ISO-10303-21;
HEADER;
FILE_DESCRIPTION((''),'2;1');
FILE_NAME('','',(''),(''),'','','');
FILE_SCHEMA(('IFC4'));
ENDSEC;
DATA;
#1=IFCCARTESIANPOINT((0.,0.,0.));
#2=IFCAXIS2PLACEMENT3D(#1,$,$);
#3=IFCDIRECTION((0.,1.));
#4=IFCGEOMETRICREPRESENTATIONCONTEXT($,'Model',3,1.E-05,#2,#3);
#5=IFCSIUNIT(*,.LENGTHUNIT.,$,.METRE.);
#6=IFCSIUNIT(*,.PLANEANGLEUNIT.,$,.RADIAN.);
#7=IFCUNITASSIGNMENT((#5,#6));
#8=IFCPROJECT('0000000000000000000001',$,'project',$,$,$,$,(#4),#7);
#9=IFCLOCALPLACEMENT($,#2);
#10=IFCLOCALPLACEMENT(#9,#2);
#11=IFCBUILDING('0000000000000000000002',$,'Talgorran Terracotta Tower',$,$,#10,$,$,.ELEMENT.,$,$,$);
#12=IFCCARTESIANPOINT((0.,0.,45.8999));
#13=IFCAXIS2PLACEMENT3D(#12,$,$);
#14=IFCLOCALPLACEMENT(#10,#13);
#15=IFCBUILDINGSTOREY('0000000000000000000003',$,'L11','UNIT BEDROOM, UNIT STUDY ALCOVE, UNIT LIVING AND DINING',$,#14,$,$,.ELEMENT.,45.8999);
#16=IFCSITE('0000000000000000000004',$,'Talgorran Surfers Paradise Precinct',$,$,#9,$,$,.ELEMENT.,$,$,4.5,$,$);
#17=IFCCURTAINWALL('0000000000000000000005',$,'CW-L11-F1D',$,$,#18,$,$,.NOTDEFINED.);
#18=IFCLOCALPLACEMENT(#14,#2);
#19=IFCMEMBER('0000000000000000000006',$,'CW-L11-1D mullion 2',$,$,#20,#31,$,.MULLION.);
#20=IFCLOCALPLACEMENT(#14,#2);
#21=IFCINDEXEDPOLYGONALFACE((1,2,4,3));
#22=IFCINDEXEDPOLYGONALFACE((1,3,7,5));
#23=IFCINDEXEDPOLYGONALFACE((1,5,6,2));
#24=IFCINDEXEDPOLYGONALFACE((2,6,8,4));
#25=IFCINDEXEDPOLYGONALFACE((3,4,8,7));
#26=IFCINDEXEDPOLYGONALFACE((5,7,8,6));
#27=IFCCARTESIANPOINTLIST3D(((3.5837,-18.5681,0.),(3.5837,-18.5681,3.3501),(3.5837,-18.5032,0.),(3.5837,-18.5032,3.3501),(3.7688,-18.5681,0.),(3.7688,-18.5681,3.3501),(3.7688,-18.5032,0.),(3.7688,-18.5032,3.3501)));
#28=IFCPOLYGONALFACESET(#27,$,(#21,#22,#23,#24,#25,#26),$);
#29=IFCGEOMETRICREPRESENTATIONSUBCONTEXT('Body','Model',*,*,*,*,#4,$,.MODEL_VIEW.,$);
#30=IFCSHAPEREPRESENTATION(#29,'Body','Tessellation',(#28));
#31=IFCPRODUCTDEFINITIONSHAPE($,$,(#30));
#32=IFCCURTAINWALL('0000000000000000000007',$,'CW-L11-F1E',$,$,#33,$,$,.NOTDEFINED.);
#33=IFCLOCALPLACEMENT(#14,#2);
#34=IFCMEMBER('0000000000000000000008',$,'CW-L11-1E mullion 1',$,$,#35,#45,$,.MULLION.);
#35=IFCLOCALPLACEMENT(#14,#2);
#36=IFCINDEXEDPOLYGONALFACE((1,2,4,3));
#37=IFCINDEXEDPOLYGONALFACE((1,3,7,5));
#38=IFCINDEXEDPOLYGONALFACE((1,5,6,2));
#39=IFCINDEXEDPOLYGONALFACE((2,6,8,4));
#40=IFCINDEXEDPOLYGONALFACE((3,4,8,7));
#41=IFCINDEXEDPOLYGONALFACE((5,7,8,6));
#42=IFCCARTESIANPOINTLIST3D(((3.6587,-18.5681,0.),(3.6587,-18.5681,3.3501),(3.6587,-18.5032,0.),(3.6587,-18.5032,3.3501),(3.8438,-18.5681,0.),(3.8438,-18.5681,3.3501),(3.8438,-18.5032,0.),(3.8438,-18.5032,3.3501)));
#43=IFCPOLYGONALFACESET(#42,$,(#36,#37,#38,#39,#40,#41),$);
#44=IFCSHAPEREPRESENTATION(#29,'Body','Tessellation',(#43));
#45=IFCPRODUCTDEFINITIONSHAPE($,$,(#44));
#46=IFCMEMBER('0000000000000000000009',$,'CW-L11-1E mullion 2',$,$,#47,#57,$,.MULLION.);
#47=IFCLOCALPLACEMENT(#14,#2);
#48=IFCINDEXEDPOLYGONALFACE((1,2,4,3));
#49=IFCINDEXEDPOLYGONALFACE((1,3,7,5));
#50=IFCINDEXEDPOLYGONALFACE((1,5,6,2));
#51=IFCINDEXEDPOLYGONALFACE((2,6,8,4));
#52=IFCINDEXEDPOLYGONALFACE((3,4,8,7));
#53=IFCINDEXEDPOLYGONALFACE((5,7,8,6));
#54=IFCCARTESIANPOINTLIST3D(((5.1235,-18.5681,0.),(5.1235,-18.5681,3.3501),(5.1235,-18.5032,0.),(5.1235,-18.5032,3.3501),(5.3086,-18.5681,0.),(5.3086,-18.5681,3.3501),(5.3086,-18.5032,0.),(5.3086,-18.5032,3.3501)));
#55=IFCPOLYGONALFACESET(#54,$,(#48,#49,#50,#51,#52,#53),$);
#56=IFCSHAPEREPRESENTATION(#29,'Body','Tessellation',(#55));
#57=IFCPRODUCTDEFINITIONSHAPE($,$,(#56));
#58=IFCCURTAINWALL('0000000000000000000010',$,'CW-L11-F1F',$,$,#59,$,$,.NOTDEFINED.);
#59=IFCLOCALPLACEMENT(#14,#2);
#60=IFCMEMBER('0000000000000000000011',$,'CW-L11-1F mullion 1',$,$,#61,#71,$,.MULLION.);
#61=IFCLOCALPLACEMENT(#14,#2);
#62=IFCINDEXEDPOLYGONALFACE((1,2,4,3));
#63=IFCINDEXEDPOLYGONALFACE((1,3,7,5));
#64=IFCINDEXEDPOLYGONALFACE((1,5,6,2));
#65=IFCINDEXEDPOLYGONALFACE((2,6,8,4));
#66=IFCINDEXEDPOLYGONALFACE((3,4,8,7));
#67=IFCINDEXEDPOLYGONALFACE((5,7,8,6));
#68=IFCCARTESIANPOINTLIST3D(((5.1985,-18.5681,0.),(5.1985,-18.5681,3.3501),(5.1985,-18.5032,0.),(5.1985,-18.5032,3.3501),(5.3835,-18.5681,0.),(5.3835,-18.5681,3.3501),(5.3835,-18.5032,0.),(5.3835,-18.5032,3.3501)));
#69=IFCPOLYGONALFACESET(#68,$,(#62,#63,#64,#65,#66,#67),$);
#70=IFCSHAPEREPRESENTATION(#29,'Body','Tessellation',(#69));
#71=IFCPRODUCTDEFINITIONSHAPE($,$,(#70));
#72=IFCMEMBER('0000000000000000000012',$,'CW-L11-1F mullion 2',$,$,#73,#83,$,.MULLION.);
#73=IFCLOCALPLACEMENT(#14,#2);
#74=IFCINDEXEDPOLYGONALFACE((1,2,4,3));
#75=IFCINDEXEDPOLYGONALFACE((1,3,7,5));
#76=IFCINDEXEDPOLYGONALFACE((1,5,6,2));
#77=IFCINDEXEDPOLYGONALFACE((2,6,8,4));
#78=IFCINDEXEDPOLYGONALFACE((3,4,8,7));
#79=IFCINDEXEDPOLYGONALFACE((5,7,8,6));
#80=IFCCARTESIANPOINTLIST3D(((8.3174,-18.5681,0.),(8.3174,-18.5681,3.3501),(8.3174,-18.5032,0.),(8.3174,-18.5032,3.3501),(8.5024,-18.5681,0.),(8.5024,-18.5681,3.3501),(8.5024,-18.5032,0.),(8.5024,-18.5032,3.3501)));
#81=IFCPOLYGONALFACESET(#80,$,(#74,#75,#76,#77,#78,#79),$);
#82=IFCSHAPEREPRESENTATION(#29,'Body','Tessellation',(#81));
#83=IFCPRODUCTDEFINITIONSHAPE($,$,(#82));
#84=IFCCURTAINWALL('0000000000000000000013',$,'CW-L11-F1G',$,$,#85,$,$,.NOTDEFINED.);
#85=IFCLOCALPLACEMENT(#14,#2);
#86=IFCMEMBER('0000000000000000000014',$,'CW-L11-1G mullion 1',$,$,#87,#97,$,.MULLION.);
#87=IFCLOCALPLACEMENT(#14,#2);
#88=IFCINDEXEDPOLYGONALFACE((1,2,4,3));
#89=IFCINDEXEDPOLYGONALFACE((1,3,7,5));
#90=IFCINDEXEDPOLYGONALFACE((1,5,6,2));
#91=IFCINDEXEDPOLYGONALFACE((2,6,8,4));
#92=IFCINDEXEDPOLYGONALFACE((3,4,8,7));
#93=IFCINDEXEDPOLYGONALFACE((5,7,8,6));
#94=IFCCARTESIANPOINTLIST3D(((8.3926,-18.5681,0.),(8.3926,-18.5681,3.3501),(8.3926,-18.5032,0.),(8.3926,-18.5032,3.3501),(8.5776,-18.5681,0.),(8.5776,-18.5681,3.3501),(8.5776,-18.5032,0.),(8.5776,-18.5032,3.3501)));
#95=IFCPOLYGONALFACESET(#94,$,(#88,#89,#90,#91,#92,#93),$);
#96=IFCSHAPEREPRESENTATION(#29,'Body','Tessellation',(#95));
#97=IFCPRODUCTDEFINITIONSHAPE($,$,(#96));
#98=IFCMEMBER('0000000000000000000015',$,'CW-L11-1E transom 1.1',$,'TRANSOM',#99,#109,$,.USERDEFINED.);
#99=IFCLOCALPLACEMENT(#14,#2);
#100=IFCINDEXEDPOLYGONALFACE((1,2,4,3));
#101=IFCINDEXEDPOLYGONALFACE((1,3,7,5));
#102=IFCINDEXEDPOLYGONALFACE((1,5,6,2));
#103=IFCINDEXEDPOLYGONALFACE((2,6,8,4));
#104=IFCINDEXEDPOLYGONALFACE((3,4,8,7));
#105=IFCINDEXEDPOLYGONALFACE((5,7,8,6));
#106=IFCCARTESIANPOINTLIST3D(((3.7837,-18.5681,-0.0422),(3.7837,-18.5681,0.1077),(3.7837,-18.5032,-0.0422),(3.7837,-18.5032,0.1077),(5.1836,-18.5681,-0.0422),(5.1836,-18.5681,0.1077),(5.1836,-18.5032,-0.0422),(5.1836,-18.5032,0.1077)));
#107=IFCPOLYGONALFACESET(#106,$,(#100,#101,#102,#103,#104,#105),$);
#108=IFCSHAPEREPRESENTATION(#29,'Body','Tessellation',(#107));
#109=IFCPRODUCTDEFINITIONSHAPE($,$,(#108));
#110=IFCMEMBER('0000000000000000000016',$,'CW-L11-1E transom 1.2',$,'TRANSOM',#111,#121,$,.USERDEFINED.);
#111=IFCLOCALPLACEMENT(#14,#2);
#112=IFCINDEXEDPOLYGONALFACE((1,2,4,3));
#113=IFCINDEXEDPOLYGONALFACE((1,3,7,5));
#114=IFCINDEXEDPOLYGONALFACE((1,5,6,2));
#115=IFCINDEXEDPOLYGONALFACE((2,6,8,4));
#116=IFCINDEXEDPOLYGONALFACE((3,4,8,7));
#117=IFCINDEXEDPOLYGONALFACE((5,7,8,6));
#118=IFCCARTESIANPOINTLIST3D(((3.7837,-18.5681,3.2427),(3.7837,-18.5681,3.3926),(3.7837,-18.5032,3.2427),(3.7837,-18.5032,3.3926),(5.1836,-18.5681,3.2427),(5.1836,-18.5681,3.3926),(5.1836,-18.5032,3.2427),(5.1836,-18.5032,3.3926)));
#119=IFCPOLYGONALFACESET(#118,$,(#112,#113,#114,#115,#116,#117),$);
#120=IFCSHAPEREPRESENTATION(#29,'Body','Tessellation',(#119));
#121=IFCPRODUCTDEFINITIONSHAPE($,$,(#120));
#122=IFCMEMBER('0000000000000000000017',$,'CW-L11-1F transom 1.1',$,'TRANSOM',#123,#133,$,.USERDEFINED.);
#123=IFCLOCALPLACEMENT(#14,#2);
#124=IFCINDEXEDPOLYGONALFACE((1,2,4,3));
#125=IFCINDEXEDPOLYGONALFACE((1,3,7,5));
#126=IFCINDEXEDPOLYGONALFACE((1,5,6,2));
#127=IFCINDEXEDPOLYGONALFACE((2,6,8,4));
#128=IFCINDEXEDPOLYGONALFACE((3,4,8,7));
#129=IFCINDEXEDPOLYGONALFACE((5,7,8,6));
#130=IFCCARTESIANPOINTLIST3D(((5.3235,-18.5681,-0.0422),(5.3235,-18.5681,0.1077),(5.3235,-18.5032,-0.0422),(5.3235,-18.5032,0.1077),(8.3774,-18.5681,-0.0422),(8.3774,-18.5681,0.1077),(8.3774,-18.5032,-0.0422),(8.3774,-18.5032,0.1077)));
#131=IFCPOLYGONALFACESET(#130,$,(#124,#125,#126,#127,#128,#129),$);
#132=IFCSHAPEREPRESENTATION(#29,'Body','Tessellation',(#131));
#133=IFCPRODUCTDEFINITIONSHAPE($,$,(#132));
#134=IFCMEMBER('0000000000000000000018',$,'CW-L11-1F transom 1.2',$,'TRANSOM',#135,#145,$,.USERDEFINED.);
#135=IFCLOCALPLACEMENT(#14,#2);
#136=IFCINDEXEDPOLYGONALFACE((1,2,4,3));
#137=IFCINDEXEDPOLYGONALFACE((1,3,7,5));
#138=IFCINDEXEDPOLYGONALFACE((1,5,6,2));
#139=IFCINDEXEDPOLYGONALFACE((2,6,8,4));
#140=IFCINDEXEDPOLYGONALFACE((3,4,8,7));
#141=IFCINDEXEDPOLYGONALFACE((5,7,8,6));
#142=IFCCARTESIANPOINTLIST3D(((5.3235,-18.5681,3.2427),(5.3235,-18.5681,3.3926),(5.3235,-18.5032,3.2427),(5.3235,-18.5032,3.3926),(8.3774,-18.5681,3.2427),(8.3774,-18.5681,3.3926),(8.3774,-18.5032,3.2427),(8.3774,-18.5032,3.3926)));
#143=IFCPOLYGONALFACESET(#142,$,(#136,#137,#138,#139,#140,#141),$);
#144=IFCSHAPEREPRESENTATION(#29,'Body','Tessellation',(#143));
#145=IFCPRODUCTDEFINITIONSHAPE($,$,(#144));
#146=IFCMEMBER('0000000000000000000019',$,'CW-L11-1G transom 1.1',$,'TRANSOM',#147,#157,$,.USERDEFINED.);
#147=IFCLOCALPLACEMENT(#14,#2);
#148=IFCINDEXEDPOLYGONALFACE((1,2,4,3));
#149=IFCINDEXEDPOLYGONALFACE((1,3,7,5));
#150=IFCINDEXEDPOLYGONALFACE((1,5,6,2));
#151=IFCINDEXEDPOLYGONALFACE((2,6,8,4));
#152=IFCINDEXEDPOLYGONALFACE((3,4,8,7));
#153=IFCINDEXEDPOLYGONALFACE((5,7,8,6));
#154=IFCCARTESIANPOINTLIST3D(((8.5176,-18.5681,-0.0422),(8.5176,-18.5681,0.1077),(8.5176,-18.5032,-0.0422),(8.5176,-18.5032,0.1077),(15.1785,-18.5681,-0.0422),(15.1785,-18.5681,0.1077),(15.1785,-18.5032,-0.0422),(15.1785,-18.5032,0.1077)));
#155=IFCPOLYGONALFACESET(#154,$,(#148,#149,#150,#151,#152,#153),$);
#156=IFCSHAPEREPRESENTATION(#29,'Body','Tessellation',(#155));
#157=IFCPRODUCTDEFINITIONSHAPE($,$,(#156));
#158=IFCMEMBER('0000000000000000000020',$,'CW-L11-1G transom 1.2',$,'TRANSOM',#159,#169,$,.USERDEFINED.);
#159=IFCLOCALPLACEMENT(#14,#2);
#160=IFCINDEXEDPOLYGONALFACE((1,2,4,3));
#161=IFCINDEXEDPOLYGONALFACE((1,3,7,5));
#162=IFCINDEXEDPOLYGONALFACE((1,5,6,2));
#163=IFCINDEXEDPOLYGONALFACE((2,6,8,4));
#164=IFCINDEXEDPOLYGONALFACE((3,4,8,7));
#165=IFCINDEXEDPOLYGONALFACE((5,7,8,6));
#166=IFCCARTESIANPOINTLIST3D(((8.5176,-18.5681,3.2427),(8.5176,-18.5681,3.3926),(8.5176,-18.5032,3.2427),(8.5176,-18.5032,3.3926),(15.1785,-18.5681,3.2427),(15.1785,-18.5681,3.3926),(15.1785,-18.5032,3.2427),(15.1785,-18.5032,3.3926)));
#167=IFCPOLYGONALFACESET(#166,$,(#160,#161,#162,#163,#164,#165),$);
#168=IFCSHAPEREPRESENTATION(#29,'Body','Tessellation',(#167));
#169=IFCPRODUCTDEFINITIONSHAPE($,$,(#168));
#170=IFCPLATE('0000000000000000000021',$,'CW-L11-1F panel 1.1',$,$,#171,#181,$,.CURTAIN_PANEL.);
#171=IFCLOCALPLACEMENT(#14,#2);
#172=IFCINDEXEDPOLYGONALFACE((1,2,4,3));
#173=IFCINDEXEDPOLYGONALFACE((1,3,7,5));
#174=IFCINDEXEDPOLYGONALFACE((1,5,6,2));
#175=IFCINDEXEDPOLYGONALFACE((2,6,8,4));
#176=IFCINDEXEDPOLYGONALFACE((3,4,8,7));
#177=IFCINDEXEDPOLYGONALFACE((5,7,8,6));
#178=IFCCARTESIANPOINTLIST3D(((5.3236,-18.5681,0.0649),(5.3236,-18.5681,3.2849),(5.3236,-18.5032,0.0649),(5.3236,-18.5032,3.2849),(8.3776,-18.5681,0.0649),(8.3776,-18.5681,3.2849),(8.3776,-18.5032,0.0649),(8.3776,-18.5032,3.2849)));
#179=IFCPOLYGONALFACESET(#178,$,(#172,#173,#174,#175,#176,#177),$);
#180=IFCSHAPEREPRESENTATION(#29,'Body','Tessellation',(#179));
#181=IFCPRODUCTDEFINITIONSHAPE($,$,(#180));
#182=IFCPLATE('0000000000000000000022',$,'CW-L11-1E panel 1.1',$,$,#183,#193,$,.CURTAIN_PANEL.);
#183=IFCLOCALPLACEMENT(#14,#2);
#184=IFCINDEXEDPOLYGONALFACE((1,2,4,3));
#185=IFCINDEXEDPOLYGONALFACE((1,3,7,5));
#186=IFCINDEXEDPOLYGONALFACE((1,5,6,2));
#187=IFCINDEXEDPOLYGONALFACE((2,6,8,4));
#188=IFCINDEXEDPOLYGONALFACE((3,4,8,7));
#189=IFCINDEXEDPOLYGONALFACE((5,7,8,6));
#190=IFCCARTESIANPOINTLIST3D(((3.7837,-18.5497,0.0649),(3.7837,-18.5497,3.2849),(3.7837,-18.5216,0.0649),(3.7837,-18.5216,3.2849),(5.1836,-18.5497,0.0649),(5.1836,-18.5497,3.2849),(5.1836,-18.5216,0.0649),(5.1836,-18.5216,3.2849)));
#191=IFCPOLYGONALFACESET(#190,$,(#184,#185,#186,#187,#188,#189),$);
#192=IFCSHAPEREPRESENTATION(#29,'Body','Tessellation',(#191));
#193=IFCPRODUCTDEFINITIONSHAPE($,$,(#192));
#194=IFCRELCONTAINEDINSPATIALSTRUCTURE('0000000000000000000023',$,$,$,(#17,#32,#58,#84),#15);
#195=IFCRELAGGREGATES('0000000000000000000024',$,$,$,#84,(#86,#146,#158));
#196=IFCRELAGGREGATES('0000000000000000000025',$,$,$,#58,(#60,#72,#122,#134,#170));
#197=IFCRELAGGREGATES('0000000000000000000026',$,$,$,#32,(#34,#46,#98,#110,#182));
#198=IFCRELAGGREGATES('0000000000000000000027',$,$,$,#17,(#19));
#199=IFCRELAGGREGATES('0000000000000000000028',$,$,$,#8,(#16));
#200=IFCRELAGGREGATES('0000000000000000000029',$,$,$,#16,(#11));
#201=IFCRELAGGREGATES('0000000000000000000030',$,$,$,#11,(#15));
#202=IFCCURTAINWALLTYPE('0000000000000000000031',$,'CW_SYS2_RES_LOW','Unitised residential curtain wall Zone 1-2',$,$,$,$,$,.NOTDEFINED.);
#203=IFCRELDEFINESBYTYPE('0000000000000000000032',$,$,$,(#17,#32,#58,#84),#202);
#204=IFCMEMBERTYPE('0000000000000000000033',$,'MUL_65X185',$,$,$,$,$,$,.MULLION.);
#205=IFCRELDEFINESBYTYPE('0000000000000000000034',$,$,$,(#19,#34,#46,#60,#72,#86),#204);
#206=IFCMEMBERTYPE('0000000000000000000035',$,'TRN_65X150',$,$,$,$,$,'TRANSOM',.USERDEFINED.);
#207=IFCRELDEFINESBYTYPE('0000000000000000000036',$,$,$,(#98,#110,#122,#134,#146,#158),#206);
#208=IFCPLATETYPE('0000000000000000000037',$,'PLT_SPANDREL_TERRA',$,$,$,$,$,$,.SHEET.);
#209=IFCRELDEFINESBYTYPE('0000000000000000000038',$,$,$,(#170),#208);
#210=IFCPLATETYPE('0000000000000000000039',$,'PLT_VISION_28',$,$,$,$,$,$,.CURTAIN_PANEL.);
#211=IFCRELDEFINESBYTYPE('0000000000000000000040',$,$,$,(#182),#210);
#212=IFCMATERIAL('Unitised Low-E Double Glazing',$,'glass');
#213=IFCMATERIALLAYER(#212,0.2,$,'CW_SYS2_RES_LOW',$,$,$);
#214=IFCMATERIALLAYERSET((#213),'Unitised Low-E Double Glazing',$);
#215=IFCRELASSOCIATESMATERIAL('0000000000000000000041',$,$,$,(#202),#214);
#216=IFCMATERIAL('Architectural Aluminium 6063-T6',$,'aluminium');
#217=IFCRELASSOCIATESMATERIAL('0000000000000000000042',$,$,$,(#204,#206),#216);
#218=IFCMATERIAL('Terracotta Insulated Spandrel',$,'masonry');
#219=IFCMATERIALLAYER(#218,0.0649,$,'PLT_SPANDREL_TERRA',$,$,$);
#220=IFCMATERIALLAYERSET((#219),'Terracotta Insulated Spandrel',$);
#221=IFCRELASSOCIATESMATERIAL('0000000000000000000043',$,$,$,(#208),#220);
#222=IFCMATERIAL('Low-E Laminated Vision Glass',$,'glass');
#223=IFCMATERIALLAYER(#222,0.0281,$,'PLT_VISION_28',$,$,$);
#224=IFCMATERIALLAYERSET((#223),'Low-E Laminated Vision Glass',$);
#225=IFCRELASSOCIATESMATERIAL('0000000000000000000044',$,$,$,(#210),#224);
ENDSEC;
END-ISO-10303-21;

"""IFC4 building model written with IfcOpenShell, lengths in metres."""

from ifc_helpers import new_model, si_unit, direction, frame, origin, origin_2d, place, context, subcontext, project, spatial, rectangle, extrude, source, transform, mapped, material, layer, layer_set, material_profile, profile_set, type_object, type_shapes, element, aggregate, save


model = new_model("IFC4")

# Units and contexts
model_context = context("Model", 3, precision=1e-05, world=origin(), true_north=direction((0.0, 1.0)))
body_context = subcontext(model_context, "Body", "Model", "MODEL_VIEW")
ifc_project = project(units=[si_unit("LENGTHUNIT", "METRE"), si_unit("PLANEANGLEUNIT", "RADIAN")], contexts=[model_context])

# Site, building, storey
site_placement = place(None, origin())
site = spatial("IfcSite", under=ifc_project, at=site_placement, Name="Talgorran Surfers Paradise Precinct", CompositionType="ELEMENT", RefElevation=4.5)
building_placement = place(site_placement, origin())
building = spatial("IfcBuilding", under=site, at=building_placement, Name="Talgorran Terracotta Tower", CompositionType="ELEMENT")
storey_placement = place(building_placement, frame((0.0, 0.0, 45.8999)))
storey = spatial("IfcBuildingStorey", under=building, at=storey_placement, Name="L11", Description="UNIT BEDROOM, UNIT STUDY ALCOVE, UNIT LIVING AND DINING", CompositionType="ELEMENT", Elevation=45.8999)

# Curtain wall, member
ifc_material_1 = material(Name="Unitised Low-E Double Glazing", Category="glass")
ifc_layer_1 = layer(ifc_material_1, 0.2, Name="CW_SYS2_RES_LOW")
ifc_layer_set_1 = layer_set([ifc_layer_1], Name="Unitised Low-E Double Glazing")
curtain_wall_type = type_object("IfcCurtainWallType", Name="CW_SYS2_RES_LOW", Description="Unitised residential curtain wall Zone 1-2", PredefinedType="NOTDEFINED", material=ifc_layer_set_1)
curtain_wall_1_placement = place(storey_placement, origin())
curtain_wall_1 = element("IfcCurtainWall", 1, at=curtain_wall_1_placement, inside=storey, type_object=curtain_wall_type, Name="CW-L11-F1D", PredefinedType="NOTDEFINED")
ifc_material_2 = material(Name="Architectural Aluminium 6063-T6", Category="aluminium")
ifc_material_profile_1 = material_profile(ifc_material_2, rectangle(XDim=0.0649, YDim=0.1851, at=origin_2d()), Name="CWM65X185")
ifc_profile_set_1 = profile_set([ifc_material_profile_1], Name="Architectural Aluminium 6063-T6")
member_type_1 = type_object("IfcMemberType", Name="MUL_65X185", PredefinedType="MULLION", material=ifc_profile_set_1)
member_1_placement = place(storey_placement, frame((3.6763, -18.5356, 0.0), z_axis=(0.0, 0.0, 1.0), x_axis=(0.0, 1.0, 0.0)))
member_1 = element("IfcMember", 2, at=member_1_placement, type_object=member_type_1, Name="CW-L11-1D mullion 2", PredefinedType="MULLION", context=body_context, shape_type="SweptSolid", body=[
    extrude(rectangle(XDim=0.0649, YDim=0.1851, at=origin_2d()), origin(), (0.0, 0.0, 1.0), 3.3501),
])

# Curtain walls, members
curtain_wall_2_placement = place(storey_placement, origin())
curtain_wall_2 = element("IfcCurtainWall", 3, at=curtain_wall_2_placement, inside=storey, type_object=curtain_wall_type, Name="CW-L11-F1E", PredefinedType="NOTDEFINED")
member_2_placement = place(storey_placement, frame((3.7512, -18.5356, 0.0), z_axis=(0.0, 0.0, 1.0), x_axis=(0.0, 1.0, 0.0)))
member_2 = element("IfcMember", 4, at=member_2_placement, type_object=member_type_1, Name="CW-L11-1E mullion 1", PredefinedType="MULLION", context=body_context, shape_type="SweptSolid", body=[
    extrude(rectangle(XDim=0.0649, YDim=0.1851, at=origin_2d()), origin(), (0.0, 0.0, 1.0), 3.3501),
])
member_3_placement = place(storey_placement, frame((5.2161, -18.5356, 0.0), z_axis=(0.0, 0.0, 1.0), x_axis=(0.0, 1.0, 0.0)))
member_3 = element("IfcMember", 5, at=member_3_placement, type_object=member_type_1, Name="CW-L11-1E mullion 2", PredefinedType="MULLION", context=body_context, shape_type="SweptSolid", body=[
    extrude(rectangle(XDim=0.0649, YDim=0.1851, at=origin_2d()), origin(), (0.0, 0.0, 1.0), 3.3501),
])
curtain_wall_3_placement = place(storey_placement, origin())
curtain_wall_3 = element("IfcCurtainWall", 6, at=curtain_wall_3_placement, inside=storey, type_object=curtain_wall_type, Name="CW-L11-F1F", PredefinedType="NOTDEFINED")
member_4_placement = place(storey_placement, frame((5.291, -18.5356, 0.0), z_axis=(0.0, 0.0, 1.0), x_axis=(0.0, 1.0, 0.0)))
member_4 = element("IfcMember", 7, at=member_4_placement, type_object=member_type_1, Name="CW-L11-1F mullion 1", PredefinedType="MULLION", context=body_context, shape_type="SweptSolid", body=[
    extrude(rectangle(XDim=0.0649, YDim=0.1851, at=origin_2d()), origin(), (0.0, 0.0, 1.0), 3.3501),
])
member_5_placement = place(storey_placement, frame((8.4099, -18.5356, 0.0), z_axis=(0.0, 0.0, 1.0), x_axis=(0.0, 1.0, 0.0)))
member_5 = element("IfcMember", 8, at=member_5_placement, type_object=member_type_1, Name="CW-L11-1F mullion 2", PredefinedType="MULLION", context=body_context, shape_type="SweptSolid", body=[
    extrude(rectangle(XDim=0.0649, YDim=0.1851, at=origin_2d()), origin(), (0.0, 0.0, 1.0), 3.3501),
])

# Curtain wall, member
curtain_wall_4_placement = place(storey_placement, origin())
curtain_wall_4 = element("IfcCurtainWall", 9, at=curtain_wall_4_placement, inside=storey, type_object=curtain_wall_type, Name="CW-L11-F1G", PredefinedType="NOTDEFINED")
member_6_placement = place(storey_placement, frame((8.4851, -18.5356, 0.0), z_axis=(0.0, 0.0, 1.0), x_axis=(0.0, 1.0, 0.0)))
member_6 = element("IfcMember", 10, at=member_6_placement, type_object=member_type_1, Name="CW-L11-1G mullion 1", PredefinedType="MULLION", context=body_context, shape_type="SweptSolid", body=[
    extrude(rectangle(XDim=0.0649, YDim=0.1851, at=origin_2d()), origin(), (0.0, 0.0, 1.0), 3.3501),
])

# Members
ifc_material_profile_2 = material_profile(ifc_material_2, rectangle(XDim=0.0649, YDim=0.1499, at=origin_2d()), Name="CWT65X150")
ifc_profile_set_2 = profile_set([ifc_material_profile_2], Name="Architectural Aluminium 6063-T6")
member_type_2 = type_object("IfcMemberType", Name="TRN_65X150", ElementType="TRANSOM", PredefinedType="USERDEFINED", material=ifc_profile_set_2)
member_7_placement = place(storey_placement, frame((3.7837, -18.5356, 0.0327), z_axis=(1.0, 0.0, 0.0), x_axis=(0.0, 1.0, 0.0)))
member_7 = element("IfcMember", 11, at=member_7_placement, type_object=member_type_2, Name="CW-L11-1E transom 1.1", ObjectType="TRANSOM", PredefinedType="USERDEFINED", context=body_context, shape_type="SweptSolid", body=[
    extrude(rectangle(XDim=0.0649, YDim=0.1499, at=origin_2d()), origin(), (0.0, 0.0, 1.0), 1.3999),
])
member_8_placement = place(storey_placement, frame((3.7837, -18.5356, 3.3176), z_axis=(1.0, 0.0, 0.0), x_axis=(0.0, 1.0, 0.0)))
member_8 = element("IfcMember", 12, at=member_8_placement, type_object=member_type_2, Name="CW-L11-1E transom 1.2", ObjectType="TRANSOM", PredefinedType="USERDEFINED", context=body_context, shape_type="SweptSolid", body=[
    extrude(rectangle(XDim=0.0649, YDim=0.1499, at=origin_2d()), origin(), (0.0, 0.0, 1.0), 1.3999),
])
member_9_placement = place(storey_placement, frame((5.3235, -18.5356, 0.0327), z_axis=(1.0, 0.0, 0.0), x_axis=(0.0, 1.0, 0.0)))
member_9 = element("IfcMember", 13, at=member_9_placement, type_object=member_type_2, Name="CW-L11-1F transom 1.1", ObjectType="TRANSOM", PredefinedType="USERDEFINED", context=body_context, shape_type="SweptSolid", body=[
    extrude(rectangle(XDim=0.0649, YDim=0.1499, at=origin_2d()), origin(), (0.0, 0.0, 1.0), 3.054),
])
member_10_placement = place(storey_placement, frame((5.3235, -18.5356, 3.3176), z_axis=(1.0, 0.0, 0.0), x_axis=(0.0, 1.0, 0.0)))
member_10 = element("IfcMember", 14, at=member_10_placement, type_object=member_type_2, Name="CW-L11-1F transom 1.2", ObjectType="TRANSOM", PredefinedType="USERDEFINED", context=body_context, shape_type="SweptSolid", body=[
    extrude(rectangle(XDim=0.0649, YDim=0.1499, at=origin_2d()), origin(), (0.0, 0.0, 1.0), 3.054),
])
member_11_placement = place(storey_placement, frame((8.5176, -18.5356, 0.0327), z_axis=(1.0, 0.0, 0.0), x_axis=(0.0, 1.0, 0.0)))
member_11 = element("IfcMember", 15, at=member_11_placement, type_object=member_type_2, Name="CW-L11-1G transom 1.1", ObjectType="TRANSOM", PredefinedType="USERDEFINED", context=body_context, shape_type="SweptSolid", body=[
    extrude(rectangle(XDim=0.0649, YDim=0.1499, at=origin_2d()), origin(), (0.0, 0.0, 1.0), 6.6609),
])
member_12_placement = place(storey_placement, frame((8.5176, -18.5356, 3.3176), z_axis=(1.0, 0.0, 0.0), x_axis=(0.0, 1.0, 0.0)))
member_12 = element("IfcMember", 16, at=member_12_placement, type_object=member_type_2, Name="CW-L11-1G transom 1.2", ObjectType="TRANSOM", PredefinedType="USERDEFINED", context=body_context, shape_type="SweptSolid", body=[
    extrude(rectangle(XDim=0.0649, YDim=0.1499, at=origin_2d()), origin(), (0.0, 0.0, 1.0), 6.6609),
])
aggregate(curtain_wall_4, [member_6, member_11, member_12])

# Plates
ifc_material_3 = material(Name="Terracotta Insulated Spandrel", Category="masonry")
ifc_layer_2 = layer(ifc_material_3, 0.0649, Name="PLT_SPANDREL_TERRA")
ifc_layer_set_2 = layer_set([ifc_layer_2], Name="Terracotta Insulated Spandrel")
plate_type_1 = type_object("IfcPlateType", Name="PLT_SPANDREL_TERRA", PredefinedType="SHEET", material=ifc_layer_set_2)
shared_shape_1 = source(origin(), body_context, "Body", "SweptSolid", [
    extrude(rectangle(XDim=3.054, YDim=0.0649, at=origin_2d()), origin(), (0.0, 0.0, 1.0), 3.22),
])
plate_1_placement = place(storey_placement, frame((6.8506, -18.5356, 0.0649), z_axis=(0.0, 0.0, 1.0), x_axis=(1.0, 0.0, 0.0)))
plate_1 = element("IfcPlate", 17, at=plate_1_placement, type_object=plate_type_1, Name="CW-L11-1F panel 1.1", PredefinedType="CURTAIN_PANEL", context=body_context, shape_type="MappedRepresentation", body=[
    mapped(shared_shape_1, transform((0.0, 0.0, 0.0), scale=1.0)),
])
aggregate(curtain_wall_3, [member_4, member_5, member_9, member_10, plate_1])
ifc_material_4 = material(Name="Low-E Laminated Vision Glass", Category="glass")
ifc_layer_3 = layer(ifc_material_4, 0.0281, Name="PLT_VISION_28")
ifc_layer_set_3 = layer_set([ifc_layer_3], Name="Low-E Laminated Vision Glass")
plate_type_2 = type_object("IfcPlateType", Name="PLT_VISION_28", PredefinedType="CURTAIN_PANEL", material=ifc_layer_set_3)
shared_shape_2 = source(origin(), body_context, "Body", "SweptSolid", [
    extrude(rectangle(XDim=1.3999, YDim=0.0281, at=origin_2d()), origin(), (0.0, 0.0, 1.0), 3.22),
])
type_shapes(plate_type_2, [shared_shape_2])
plate_2_placement = place(storey_placement, frame((4.4836, -18.5356, 0.0649), z_axis=(0.0, 0.0, 1.0), x_axis=(1.0, 0.0, 0.0)))
plate_2 = element("IfcPlate", 18, at=plate_2_placement, type_object=plate_type_2, Name="CW-L11-1E panel 1.1", PredefinedType="CURTAIN_PANEL", context=body_context, shape_type="MappedRepresentation", body=[
    mapped(shared_shape_2, transform((0.0, 0.0, 0.0), scale=1.0)),
])
aggregate(curtain_wall_2, [member_2, member_3, member_7, member_8, plate_2])
aggregate(curtain_wall_1, [member_1])

save(model, "model.ifc")
